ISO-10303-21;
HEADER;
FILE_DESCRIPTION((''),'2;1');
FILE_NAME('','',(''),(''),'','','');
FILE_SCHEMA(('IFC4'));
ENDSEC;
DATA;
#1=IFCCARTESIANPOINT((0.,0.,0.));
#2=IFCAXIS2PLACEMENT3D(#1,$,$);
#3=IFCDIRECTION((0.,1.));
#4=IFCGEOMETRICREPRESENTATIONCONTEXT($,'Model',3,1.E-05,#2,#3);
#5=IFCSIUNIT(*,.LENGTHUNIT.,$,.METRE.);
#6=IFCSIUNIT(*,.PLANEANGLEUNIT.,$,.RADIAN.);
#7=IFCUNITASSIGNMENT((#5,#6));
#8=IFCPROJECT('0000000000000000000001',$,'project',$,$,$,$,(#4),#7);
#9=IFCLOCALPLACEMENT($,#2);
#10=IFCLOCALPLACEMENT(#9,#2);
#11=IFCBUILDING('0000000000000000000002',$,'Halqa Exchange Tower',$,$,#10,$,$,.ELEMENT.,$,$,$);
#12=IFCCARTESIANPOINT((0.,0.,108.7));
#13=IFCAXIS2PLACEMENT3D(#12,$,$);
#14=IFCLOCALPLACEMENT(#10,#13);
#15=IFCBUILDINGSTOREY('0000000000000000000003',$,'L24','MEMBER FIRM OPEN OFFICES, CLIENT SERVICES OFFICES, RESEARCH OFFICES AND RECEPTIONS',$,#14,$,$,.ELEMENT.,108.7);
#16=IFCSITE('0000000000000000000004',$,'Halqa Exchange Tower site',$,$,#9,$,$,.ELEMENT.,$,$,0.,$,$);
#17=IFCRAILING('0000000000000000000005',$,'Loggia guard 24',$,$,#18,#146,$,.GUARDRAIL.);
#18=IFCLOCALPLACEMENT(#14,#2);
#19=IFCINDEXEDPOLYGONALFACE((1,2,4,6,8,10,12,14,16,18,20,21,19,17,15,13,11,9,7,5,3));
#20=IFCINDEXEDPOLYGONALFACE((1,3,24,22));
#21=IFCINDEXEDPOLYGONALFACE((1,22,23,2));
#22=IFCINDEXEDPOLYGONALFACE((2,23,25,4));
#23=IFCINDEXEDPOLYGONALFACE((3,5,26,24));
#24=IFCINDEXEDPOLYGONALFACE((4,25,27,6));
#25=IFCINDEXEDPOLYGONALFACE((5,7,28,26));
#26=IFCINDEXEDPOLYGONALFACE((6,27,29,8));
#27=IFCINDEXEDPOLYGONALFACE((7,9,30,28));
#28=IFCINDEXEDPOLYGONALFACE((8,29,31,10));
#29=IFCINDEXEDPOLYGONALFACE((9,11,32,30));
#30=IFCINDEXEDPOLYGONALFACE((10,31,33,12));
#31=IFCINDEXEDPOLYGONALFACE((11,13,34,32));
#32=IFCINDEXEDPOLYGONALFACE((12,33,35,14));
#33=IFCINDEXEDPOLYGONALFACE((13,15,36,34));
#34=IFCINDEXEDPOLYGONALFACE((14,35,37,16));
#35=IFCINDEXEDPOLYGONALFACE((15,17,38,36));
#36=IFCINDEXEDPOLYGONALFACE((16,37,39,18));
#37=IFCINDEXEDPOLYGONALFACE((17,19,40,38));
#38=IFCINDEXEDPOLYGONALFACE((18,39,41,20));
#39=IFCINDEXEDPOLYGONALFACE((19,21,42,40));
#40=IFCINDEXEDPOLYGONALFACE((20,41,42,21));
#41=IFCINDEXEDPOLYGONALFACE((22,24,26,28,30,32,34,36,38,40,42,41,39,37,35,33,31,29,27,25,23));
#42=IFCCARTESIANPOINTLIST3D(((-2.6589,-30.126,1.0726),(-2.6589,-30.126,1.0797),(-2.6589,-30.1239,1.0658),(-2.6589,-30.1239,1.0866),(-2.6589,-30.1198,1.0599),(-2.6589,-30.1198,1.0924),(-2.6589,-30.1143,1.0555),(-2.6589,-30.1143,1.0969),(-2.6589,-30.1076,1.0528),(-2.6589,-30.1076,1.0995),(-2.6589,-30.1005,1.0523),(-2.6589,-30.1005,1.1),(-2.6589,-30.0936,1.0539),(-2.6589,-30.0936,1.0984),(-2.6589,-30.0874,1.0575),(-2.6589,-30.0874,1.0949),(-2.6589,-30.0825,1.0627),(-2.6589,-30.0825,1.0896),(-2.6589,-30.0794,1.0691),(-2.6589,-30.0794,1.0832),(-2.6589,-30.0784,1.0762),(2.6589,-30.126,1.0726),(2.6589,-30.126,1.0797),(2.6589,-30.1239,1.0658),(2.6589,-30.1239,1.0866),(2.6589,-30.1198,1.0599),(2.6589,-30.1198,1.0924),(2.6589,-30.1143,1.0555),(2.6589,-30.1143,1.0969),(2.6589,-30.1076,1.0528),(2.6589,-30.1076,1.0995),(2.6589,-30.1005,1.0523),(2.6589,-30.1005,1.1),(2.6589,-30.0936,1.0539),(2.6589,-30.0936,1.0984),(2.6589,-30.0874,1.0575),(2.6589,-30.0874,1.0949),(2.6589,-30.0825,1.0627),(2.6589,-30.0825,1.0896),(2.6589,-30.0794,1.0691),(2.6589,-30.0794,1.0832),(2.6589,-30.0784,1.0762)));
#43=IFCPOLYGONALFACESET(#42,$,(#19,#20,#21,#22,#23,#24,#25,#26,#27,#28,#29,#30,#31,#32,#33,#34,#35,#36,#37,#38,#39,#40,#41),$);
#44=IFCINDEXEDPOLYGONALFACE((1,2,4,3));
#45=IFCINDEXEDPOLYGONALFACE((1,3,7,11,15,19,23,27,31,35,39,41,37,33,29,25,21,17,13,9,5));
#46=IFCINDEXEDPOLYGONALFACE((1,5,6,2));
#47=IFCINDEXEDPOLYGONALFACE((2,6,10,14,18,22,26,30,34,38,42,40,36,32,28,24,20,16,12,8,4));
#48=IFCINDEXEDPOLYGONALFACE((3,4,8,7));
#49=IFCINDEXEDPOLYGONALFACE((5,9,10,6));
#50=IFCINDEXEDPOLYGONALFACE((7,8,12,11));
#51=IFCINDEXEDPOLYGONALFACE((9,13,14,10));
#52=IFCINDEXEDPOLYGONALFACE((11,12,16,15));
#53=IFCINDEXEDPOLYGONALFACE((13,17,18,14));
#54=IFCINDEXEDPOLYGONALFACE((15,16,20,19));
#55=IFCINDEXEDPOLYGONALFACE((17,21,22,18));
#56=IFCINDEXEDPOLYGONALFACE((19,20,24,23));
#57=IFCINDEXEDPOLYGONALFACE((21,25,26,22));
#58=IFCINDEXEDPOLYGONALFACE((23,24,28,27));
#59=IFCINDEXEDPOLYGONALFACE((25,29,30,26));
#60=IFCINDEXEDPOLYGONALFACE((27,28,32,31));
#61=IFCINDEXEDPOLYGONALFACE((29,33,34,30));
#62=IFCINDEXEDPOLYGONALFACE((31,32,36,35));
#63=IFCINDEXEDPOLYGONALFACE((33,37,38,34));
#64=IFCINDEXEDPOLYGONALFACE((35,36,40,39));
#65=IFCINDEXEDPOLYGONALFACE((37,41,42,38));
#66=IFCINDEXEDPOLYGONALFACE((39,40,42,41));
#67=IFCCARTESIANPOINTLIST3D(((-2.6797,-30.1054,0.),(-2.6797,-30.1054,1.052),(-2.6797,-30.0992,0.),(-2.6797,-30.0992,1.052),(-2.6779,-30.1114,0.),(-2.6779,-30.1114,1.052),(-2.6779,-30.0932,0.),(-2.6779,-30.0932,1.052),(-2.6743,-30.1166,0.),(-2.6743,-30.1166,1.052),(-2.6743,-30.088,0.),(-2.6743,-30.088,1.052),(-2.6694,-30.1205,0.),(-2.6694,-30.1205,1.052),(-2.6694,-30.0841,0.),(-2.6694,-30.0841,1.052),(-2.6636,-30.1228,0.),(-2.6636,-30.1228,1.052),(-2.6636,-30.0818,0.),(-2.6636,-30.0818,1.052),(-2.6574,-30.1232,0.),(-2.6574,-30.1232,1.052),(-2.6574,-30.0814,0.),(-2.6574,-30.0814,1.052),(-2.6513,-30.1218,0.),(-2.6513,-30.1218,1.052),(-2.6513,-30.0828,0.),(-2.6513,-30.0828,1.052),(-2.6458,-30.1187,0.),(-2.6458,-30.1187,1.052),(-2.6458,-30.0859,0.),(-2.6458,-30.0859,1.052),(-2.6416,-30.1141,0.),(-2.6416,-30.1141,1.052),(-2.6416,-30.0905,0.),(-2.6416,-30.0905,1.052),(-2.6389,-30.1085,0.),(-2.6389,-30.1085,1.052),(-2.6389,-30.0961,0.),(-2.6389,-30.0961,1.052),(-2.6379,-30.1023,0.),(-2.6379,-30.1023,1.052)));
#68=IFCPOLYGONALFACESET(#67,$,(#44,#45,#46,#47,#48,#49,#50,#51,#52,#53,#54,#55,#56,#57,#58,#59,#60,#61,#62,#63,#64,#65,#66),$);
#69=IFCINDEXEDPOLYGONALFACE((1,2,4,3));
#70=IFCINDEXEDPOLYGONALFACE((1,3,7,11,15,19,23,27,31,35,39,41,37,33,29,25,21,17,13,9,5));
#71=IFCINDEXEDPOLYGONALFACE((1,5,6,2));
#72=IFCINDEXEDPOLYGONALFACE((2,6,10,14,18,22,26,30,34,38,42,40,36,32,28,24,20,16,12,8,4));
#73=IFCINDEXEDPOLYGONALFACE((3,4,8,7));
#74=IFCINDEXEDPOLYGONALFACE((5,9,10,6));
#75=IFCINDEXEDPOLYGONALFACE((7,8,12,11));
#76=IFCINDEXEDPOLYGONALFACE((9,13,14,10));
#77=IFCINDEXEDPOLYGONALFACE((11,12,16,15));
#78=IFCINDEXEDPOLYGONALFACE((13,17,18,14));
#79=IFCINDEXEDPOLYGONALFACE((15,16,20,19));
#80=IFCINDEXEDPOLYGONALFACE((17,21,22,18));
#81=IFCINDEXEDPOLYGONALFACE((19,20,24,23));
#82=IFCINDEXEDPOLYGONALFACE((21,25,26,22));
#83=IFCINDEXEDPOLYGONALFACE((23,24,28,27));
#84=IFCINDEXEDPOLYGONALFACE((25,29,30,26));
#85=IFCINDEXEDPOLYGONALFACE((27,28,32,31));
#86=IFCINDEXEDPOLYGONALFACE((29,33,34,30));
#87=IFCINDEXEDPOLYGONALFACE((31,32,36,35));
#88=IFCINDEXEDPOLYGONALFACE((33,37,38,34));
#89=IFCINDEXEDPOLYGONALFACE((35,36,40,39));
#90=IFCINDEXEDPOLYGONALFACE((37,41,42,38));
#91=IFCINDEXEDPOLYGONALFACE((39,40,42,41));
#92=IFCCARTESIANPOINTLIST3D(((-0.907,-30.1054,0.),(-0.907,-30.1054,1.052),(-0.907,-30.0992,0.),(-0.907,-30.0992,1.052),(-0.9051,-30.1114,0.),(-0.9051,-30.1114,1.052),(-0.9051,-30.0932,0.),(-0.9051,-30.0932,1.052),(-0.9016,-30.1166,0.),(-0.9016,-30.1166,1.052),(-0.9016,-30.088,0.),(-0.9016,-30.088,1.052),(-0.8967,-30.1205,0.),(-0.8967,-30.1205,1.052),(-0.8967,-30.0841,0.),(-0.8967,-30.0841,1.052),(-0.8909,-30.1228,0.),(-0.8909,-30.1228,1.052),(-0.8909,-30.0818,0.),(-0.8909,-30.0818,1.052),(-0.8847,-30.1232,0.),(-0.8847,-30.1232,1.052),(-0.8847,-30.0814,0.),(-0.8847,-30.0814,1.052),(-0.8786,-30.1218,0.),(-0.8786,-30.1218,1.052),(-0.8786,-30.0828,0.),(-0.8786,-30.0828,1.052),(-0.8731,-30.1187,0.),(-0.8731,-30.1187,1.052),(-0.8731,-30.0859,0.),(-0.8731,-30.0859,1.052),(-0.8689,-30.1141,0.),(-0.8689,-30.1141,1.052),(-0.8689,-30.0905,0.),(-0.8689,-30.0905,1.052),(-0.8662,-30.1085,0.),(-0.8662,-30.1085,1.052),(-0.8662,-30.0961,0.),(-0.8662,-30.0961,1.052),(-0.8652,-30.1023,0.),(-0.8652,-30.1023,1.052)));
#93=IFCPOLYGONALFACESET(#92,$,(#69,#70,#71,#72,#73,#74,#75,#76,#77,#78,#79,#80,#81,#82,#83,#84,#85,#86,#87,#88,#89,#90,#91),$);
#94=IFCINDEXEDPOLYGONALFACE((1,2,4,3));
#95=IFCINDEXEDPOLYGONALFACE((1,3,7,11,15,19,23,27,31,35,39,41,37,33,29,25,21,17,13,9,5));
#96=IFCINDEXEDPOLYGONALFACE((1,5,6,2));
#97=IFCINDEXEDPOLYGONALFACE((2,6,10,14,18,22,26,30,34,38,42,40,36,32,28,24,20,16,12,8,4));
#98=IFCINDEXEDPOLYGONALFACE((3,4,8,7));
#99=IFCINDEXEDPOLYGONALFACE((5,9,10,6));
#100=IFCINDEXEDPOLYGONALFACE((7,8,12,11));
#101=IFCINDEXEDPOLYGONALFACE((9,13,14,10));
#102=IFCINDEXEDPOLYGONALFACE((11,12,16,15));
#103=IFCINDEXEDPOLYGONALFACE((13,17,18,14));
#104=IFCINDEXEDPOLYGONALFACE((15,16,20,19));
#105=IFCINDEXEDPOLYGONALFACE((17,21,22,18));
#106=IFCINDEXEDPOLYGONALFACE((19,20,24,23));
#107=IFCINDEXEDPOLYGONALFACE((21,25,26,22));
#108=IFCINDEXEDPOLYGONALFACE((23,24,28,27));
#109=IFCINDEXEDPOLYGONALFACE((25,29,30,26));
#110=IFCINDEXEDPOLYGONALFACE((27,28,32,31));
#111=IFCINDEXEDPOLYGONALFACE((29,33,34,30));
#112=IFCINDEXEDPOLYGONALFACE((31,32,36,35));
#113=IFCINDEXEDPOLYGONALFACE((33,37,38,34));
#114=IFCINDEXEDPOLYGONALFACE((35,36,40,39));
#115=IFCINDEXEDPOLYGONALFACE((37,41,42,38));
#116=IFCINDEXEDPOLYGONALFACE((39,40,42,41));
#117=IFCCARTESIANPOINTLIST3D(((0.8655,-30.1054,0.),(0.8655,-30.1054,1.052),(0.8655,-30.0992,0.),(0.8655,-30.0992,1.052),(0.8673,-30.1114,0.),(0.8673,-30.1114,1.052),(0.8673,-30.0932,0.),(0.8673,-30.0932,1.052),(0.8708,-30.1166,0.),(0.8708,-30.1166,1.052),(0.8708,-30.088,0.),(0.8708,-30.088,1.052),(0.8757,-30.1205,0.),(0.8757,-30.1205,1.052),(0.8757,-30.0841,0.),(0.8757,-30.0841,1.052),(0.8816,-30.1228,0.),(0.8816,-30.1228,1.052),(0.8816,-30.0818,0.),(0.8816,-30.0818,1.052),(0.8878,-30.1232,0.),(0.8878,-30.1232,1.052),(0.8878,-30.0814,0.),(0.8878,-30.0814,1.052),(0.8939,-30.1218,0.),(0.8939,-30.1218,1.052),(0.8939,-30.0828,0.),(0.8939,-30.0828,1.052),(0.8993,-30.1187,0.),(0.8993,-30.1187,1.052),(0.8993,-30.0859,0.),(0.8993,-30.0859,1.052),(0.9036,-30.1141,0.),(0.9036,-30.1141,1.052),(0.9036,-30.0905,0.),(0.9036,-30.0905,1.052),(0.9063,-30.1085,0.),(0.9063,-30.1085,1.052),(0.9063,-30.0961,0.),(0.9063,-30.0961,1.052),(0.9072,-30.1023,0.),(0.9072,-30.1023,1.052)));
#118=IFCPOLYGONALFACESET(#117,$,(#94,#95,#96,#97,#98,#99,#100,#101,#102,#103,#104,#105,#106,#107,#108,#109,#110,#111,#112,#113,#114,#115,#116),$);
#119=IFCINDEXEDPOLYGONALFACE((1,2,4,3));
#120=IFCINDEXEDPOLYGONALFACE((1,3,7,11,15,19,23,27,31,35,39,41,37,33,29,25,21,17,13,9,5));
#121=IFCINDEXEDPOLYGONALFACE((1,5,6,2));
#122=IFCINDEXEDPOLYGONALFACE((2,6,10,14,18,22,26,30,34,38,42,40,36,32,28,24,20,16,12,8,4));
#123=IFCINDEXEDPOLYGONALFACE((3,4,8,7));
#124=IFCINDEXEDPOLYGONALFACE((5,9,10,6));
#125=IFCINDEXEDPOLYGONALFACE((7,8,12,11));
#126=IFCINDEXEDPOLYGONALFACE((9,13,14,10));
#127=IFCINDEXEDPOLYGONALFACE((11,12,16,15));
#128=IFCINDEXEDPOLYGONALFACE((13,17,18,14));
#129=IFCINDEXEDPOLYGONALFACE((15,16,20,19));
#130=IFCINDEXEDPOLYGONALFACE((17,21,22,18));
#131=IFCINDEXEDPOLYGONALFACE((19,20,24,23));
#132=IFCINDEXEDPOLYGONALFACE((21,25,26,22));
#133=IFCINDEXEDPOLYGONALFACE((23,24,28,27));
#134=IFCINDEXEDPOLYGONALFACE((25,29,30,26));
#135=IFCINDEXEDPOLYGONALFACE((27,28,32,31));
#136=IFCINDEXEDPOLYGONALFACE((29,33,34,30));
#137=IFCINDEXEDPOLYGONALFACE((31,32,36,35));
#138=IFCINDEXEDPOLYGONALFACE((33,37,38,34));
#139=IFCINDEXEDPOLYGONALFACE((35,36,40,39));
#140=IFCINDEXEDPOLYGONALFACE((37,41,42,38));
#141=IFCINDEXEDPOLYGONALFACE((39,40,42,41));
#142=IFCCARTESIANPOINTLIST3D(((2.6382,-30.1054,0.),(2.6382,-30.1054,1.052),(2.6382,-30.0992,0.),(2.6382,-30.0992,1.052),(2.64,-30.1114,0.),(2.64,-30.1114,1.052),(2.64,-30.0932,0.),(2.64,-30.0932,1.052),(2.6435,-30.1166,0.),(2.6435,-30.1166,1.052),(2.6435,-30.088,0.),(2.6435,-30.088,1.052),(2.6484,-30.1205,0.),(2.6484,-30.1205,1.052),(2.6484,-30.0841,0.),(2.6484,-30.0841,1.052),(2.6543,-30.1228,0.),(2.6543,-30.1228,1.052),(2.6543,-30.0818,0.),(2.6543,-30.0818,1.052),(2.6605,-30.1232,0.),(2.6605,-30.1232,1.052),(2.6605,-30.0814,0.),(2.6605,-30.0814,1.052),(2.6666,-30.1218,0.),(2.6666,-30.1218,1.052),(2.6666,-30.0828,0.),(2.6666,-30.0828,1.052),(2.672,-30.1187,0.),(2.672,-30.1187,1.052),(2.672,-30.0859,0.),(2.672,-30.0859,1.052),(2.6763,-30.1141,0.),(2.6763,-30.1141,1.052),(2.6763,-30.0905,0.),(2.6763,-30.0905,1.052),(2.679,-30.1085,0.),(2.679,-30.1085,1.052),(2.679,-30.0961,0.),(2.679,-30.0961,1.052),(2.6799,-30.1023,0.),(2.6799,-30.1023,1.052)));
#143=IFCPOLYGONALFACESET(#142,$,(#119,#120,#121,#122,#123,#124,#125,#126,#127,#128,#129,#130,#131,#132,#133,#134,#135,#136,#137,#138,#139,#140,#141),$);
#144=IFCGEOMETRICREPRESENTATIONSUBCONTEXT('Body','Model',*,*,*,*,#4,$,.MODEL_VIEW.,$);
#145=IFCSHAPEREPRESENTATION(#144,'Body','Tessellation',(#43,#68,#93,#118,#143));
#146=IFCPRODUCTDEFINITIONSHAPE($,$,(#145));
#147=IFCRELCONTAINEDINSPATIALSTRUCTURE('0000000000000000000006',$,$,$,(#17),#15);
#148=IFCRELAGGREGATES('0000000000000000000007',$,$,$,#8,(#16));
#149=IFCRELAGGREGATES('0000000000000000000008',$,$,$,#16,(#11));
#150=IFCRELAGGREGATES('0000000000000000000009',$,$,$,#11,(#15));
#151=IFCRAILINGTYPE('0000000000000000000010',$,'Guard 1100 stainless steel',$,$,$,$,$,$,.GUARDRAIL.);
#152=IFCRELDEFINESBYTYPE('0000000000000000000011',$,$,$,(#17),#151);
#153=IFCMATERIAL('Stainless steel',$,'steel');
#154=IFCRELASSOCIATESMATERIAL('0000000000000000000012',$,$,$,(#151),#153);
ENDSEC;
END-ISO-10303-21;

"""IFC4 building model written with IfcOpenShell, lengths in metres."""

from ifc_helpers import new_model, si_unit, direction, frame, origin, origin_2d, place, context, subcontext, project, spatial, circle, extrude, material, type_object, element, save


model = new_model("IFC4")

# Units and contexts
model_context = context("Model", 3, precision=1e-05, world=origin(), true_north=direction((0.0, 1.0)))
body_context = subcontext(model_context, "Body", "Model", "MODEL_VIEW")
ifc_project = project(units=[si_unit("LENGTHUNIT", "METRE"), si_unit("PLANEANGLEUNIT", "RADIAN")], contexts=[model_context])

# Site, building, storey
site_placement = place(None, origin())
site = spatial("IfcSite", under=ifc_project, at=site_placement, Name="Halqa Exchange Tower site", CompositionType="ELEMENT", RefElevation=0.0)
building_placement = place(site_placement, origin())
building = spatial("IfcBuilding", under=site, at=building_placement, Name="Halqa Exchange Tower", CompositionType="ELEMENT")
storey_placement = place(building_placement, frame((0.0, 0.0, 108.7)))
storey = spatial("IfcBuildingStorey", under=building, at=storey_placement, Name="L24", Description="MEMBER FIRM OPEN OFFICES, CLIENT SERVICES OFFICES, RESEARCH OFFICES AND RECEPTIONS", CompositionType="ELEMENT", Elevation=108.7)

# Railing
ifc_material_1 = material(Name="Stainless steel", Category="steel")
railing_type = type_object("IfcRailingType", Name="Guard 1100 stainless steel", PredefinedType="GUARDRAIL", material=ifc_material_1)
railing_1_placement = place(storey_placement, frame((-2.6589, -30.1023, 0.0)))
element("IfcRailing", 1, at=railing_1_placement, inside=storey, type_object=railing_type, Name="Loggia guard 24", PredefinedType="GUARDRAIL", context=body_context, shape_type="SweptSolid", body=[
    extrude(circle(Radius=0.0239, at=origin_2d()), frame((0.0, 0.0, 1.0762), z_axis=(1.0, 0.0, 0.0), x_axis=(0.0, 1.0, 0.0)), (0.0, 0.0, 1.0), 5.3179),
    extrude(circle(Radius=0.021, at=origin_2d()), origin(), (0.0, 0.0, 1.0), 1.052),
    extrude(circle(Radius=0.021, at=origin_2d()), frame((1.7727, 0.0, 0.0)), (0.0, 0.0, 1.0), 1.052),
    extrude(circle(Radius=0.021, at=origin_2d()), frame((3.5452, 0.0, 0.0)), (0.0, 0.0, 1.0), 1.052),
    extrude(circle(Radius=0.021, at=origin_2d()), frame((5.3179, 0.0, 0.0)), (0.0, 0.0, 1.0), 1.052),
])

save(model, "model.ifc")
